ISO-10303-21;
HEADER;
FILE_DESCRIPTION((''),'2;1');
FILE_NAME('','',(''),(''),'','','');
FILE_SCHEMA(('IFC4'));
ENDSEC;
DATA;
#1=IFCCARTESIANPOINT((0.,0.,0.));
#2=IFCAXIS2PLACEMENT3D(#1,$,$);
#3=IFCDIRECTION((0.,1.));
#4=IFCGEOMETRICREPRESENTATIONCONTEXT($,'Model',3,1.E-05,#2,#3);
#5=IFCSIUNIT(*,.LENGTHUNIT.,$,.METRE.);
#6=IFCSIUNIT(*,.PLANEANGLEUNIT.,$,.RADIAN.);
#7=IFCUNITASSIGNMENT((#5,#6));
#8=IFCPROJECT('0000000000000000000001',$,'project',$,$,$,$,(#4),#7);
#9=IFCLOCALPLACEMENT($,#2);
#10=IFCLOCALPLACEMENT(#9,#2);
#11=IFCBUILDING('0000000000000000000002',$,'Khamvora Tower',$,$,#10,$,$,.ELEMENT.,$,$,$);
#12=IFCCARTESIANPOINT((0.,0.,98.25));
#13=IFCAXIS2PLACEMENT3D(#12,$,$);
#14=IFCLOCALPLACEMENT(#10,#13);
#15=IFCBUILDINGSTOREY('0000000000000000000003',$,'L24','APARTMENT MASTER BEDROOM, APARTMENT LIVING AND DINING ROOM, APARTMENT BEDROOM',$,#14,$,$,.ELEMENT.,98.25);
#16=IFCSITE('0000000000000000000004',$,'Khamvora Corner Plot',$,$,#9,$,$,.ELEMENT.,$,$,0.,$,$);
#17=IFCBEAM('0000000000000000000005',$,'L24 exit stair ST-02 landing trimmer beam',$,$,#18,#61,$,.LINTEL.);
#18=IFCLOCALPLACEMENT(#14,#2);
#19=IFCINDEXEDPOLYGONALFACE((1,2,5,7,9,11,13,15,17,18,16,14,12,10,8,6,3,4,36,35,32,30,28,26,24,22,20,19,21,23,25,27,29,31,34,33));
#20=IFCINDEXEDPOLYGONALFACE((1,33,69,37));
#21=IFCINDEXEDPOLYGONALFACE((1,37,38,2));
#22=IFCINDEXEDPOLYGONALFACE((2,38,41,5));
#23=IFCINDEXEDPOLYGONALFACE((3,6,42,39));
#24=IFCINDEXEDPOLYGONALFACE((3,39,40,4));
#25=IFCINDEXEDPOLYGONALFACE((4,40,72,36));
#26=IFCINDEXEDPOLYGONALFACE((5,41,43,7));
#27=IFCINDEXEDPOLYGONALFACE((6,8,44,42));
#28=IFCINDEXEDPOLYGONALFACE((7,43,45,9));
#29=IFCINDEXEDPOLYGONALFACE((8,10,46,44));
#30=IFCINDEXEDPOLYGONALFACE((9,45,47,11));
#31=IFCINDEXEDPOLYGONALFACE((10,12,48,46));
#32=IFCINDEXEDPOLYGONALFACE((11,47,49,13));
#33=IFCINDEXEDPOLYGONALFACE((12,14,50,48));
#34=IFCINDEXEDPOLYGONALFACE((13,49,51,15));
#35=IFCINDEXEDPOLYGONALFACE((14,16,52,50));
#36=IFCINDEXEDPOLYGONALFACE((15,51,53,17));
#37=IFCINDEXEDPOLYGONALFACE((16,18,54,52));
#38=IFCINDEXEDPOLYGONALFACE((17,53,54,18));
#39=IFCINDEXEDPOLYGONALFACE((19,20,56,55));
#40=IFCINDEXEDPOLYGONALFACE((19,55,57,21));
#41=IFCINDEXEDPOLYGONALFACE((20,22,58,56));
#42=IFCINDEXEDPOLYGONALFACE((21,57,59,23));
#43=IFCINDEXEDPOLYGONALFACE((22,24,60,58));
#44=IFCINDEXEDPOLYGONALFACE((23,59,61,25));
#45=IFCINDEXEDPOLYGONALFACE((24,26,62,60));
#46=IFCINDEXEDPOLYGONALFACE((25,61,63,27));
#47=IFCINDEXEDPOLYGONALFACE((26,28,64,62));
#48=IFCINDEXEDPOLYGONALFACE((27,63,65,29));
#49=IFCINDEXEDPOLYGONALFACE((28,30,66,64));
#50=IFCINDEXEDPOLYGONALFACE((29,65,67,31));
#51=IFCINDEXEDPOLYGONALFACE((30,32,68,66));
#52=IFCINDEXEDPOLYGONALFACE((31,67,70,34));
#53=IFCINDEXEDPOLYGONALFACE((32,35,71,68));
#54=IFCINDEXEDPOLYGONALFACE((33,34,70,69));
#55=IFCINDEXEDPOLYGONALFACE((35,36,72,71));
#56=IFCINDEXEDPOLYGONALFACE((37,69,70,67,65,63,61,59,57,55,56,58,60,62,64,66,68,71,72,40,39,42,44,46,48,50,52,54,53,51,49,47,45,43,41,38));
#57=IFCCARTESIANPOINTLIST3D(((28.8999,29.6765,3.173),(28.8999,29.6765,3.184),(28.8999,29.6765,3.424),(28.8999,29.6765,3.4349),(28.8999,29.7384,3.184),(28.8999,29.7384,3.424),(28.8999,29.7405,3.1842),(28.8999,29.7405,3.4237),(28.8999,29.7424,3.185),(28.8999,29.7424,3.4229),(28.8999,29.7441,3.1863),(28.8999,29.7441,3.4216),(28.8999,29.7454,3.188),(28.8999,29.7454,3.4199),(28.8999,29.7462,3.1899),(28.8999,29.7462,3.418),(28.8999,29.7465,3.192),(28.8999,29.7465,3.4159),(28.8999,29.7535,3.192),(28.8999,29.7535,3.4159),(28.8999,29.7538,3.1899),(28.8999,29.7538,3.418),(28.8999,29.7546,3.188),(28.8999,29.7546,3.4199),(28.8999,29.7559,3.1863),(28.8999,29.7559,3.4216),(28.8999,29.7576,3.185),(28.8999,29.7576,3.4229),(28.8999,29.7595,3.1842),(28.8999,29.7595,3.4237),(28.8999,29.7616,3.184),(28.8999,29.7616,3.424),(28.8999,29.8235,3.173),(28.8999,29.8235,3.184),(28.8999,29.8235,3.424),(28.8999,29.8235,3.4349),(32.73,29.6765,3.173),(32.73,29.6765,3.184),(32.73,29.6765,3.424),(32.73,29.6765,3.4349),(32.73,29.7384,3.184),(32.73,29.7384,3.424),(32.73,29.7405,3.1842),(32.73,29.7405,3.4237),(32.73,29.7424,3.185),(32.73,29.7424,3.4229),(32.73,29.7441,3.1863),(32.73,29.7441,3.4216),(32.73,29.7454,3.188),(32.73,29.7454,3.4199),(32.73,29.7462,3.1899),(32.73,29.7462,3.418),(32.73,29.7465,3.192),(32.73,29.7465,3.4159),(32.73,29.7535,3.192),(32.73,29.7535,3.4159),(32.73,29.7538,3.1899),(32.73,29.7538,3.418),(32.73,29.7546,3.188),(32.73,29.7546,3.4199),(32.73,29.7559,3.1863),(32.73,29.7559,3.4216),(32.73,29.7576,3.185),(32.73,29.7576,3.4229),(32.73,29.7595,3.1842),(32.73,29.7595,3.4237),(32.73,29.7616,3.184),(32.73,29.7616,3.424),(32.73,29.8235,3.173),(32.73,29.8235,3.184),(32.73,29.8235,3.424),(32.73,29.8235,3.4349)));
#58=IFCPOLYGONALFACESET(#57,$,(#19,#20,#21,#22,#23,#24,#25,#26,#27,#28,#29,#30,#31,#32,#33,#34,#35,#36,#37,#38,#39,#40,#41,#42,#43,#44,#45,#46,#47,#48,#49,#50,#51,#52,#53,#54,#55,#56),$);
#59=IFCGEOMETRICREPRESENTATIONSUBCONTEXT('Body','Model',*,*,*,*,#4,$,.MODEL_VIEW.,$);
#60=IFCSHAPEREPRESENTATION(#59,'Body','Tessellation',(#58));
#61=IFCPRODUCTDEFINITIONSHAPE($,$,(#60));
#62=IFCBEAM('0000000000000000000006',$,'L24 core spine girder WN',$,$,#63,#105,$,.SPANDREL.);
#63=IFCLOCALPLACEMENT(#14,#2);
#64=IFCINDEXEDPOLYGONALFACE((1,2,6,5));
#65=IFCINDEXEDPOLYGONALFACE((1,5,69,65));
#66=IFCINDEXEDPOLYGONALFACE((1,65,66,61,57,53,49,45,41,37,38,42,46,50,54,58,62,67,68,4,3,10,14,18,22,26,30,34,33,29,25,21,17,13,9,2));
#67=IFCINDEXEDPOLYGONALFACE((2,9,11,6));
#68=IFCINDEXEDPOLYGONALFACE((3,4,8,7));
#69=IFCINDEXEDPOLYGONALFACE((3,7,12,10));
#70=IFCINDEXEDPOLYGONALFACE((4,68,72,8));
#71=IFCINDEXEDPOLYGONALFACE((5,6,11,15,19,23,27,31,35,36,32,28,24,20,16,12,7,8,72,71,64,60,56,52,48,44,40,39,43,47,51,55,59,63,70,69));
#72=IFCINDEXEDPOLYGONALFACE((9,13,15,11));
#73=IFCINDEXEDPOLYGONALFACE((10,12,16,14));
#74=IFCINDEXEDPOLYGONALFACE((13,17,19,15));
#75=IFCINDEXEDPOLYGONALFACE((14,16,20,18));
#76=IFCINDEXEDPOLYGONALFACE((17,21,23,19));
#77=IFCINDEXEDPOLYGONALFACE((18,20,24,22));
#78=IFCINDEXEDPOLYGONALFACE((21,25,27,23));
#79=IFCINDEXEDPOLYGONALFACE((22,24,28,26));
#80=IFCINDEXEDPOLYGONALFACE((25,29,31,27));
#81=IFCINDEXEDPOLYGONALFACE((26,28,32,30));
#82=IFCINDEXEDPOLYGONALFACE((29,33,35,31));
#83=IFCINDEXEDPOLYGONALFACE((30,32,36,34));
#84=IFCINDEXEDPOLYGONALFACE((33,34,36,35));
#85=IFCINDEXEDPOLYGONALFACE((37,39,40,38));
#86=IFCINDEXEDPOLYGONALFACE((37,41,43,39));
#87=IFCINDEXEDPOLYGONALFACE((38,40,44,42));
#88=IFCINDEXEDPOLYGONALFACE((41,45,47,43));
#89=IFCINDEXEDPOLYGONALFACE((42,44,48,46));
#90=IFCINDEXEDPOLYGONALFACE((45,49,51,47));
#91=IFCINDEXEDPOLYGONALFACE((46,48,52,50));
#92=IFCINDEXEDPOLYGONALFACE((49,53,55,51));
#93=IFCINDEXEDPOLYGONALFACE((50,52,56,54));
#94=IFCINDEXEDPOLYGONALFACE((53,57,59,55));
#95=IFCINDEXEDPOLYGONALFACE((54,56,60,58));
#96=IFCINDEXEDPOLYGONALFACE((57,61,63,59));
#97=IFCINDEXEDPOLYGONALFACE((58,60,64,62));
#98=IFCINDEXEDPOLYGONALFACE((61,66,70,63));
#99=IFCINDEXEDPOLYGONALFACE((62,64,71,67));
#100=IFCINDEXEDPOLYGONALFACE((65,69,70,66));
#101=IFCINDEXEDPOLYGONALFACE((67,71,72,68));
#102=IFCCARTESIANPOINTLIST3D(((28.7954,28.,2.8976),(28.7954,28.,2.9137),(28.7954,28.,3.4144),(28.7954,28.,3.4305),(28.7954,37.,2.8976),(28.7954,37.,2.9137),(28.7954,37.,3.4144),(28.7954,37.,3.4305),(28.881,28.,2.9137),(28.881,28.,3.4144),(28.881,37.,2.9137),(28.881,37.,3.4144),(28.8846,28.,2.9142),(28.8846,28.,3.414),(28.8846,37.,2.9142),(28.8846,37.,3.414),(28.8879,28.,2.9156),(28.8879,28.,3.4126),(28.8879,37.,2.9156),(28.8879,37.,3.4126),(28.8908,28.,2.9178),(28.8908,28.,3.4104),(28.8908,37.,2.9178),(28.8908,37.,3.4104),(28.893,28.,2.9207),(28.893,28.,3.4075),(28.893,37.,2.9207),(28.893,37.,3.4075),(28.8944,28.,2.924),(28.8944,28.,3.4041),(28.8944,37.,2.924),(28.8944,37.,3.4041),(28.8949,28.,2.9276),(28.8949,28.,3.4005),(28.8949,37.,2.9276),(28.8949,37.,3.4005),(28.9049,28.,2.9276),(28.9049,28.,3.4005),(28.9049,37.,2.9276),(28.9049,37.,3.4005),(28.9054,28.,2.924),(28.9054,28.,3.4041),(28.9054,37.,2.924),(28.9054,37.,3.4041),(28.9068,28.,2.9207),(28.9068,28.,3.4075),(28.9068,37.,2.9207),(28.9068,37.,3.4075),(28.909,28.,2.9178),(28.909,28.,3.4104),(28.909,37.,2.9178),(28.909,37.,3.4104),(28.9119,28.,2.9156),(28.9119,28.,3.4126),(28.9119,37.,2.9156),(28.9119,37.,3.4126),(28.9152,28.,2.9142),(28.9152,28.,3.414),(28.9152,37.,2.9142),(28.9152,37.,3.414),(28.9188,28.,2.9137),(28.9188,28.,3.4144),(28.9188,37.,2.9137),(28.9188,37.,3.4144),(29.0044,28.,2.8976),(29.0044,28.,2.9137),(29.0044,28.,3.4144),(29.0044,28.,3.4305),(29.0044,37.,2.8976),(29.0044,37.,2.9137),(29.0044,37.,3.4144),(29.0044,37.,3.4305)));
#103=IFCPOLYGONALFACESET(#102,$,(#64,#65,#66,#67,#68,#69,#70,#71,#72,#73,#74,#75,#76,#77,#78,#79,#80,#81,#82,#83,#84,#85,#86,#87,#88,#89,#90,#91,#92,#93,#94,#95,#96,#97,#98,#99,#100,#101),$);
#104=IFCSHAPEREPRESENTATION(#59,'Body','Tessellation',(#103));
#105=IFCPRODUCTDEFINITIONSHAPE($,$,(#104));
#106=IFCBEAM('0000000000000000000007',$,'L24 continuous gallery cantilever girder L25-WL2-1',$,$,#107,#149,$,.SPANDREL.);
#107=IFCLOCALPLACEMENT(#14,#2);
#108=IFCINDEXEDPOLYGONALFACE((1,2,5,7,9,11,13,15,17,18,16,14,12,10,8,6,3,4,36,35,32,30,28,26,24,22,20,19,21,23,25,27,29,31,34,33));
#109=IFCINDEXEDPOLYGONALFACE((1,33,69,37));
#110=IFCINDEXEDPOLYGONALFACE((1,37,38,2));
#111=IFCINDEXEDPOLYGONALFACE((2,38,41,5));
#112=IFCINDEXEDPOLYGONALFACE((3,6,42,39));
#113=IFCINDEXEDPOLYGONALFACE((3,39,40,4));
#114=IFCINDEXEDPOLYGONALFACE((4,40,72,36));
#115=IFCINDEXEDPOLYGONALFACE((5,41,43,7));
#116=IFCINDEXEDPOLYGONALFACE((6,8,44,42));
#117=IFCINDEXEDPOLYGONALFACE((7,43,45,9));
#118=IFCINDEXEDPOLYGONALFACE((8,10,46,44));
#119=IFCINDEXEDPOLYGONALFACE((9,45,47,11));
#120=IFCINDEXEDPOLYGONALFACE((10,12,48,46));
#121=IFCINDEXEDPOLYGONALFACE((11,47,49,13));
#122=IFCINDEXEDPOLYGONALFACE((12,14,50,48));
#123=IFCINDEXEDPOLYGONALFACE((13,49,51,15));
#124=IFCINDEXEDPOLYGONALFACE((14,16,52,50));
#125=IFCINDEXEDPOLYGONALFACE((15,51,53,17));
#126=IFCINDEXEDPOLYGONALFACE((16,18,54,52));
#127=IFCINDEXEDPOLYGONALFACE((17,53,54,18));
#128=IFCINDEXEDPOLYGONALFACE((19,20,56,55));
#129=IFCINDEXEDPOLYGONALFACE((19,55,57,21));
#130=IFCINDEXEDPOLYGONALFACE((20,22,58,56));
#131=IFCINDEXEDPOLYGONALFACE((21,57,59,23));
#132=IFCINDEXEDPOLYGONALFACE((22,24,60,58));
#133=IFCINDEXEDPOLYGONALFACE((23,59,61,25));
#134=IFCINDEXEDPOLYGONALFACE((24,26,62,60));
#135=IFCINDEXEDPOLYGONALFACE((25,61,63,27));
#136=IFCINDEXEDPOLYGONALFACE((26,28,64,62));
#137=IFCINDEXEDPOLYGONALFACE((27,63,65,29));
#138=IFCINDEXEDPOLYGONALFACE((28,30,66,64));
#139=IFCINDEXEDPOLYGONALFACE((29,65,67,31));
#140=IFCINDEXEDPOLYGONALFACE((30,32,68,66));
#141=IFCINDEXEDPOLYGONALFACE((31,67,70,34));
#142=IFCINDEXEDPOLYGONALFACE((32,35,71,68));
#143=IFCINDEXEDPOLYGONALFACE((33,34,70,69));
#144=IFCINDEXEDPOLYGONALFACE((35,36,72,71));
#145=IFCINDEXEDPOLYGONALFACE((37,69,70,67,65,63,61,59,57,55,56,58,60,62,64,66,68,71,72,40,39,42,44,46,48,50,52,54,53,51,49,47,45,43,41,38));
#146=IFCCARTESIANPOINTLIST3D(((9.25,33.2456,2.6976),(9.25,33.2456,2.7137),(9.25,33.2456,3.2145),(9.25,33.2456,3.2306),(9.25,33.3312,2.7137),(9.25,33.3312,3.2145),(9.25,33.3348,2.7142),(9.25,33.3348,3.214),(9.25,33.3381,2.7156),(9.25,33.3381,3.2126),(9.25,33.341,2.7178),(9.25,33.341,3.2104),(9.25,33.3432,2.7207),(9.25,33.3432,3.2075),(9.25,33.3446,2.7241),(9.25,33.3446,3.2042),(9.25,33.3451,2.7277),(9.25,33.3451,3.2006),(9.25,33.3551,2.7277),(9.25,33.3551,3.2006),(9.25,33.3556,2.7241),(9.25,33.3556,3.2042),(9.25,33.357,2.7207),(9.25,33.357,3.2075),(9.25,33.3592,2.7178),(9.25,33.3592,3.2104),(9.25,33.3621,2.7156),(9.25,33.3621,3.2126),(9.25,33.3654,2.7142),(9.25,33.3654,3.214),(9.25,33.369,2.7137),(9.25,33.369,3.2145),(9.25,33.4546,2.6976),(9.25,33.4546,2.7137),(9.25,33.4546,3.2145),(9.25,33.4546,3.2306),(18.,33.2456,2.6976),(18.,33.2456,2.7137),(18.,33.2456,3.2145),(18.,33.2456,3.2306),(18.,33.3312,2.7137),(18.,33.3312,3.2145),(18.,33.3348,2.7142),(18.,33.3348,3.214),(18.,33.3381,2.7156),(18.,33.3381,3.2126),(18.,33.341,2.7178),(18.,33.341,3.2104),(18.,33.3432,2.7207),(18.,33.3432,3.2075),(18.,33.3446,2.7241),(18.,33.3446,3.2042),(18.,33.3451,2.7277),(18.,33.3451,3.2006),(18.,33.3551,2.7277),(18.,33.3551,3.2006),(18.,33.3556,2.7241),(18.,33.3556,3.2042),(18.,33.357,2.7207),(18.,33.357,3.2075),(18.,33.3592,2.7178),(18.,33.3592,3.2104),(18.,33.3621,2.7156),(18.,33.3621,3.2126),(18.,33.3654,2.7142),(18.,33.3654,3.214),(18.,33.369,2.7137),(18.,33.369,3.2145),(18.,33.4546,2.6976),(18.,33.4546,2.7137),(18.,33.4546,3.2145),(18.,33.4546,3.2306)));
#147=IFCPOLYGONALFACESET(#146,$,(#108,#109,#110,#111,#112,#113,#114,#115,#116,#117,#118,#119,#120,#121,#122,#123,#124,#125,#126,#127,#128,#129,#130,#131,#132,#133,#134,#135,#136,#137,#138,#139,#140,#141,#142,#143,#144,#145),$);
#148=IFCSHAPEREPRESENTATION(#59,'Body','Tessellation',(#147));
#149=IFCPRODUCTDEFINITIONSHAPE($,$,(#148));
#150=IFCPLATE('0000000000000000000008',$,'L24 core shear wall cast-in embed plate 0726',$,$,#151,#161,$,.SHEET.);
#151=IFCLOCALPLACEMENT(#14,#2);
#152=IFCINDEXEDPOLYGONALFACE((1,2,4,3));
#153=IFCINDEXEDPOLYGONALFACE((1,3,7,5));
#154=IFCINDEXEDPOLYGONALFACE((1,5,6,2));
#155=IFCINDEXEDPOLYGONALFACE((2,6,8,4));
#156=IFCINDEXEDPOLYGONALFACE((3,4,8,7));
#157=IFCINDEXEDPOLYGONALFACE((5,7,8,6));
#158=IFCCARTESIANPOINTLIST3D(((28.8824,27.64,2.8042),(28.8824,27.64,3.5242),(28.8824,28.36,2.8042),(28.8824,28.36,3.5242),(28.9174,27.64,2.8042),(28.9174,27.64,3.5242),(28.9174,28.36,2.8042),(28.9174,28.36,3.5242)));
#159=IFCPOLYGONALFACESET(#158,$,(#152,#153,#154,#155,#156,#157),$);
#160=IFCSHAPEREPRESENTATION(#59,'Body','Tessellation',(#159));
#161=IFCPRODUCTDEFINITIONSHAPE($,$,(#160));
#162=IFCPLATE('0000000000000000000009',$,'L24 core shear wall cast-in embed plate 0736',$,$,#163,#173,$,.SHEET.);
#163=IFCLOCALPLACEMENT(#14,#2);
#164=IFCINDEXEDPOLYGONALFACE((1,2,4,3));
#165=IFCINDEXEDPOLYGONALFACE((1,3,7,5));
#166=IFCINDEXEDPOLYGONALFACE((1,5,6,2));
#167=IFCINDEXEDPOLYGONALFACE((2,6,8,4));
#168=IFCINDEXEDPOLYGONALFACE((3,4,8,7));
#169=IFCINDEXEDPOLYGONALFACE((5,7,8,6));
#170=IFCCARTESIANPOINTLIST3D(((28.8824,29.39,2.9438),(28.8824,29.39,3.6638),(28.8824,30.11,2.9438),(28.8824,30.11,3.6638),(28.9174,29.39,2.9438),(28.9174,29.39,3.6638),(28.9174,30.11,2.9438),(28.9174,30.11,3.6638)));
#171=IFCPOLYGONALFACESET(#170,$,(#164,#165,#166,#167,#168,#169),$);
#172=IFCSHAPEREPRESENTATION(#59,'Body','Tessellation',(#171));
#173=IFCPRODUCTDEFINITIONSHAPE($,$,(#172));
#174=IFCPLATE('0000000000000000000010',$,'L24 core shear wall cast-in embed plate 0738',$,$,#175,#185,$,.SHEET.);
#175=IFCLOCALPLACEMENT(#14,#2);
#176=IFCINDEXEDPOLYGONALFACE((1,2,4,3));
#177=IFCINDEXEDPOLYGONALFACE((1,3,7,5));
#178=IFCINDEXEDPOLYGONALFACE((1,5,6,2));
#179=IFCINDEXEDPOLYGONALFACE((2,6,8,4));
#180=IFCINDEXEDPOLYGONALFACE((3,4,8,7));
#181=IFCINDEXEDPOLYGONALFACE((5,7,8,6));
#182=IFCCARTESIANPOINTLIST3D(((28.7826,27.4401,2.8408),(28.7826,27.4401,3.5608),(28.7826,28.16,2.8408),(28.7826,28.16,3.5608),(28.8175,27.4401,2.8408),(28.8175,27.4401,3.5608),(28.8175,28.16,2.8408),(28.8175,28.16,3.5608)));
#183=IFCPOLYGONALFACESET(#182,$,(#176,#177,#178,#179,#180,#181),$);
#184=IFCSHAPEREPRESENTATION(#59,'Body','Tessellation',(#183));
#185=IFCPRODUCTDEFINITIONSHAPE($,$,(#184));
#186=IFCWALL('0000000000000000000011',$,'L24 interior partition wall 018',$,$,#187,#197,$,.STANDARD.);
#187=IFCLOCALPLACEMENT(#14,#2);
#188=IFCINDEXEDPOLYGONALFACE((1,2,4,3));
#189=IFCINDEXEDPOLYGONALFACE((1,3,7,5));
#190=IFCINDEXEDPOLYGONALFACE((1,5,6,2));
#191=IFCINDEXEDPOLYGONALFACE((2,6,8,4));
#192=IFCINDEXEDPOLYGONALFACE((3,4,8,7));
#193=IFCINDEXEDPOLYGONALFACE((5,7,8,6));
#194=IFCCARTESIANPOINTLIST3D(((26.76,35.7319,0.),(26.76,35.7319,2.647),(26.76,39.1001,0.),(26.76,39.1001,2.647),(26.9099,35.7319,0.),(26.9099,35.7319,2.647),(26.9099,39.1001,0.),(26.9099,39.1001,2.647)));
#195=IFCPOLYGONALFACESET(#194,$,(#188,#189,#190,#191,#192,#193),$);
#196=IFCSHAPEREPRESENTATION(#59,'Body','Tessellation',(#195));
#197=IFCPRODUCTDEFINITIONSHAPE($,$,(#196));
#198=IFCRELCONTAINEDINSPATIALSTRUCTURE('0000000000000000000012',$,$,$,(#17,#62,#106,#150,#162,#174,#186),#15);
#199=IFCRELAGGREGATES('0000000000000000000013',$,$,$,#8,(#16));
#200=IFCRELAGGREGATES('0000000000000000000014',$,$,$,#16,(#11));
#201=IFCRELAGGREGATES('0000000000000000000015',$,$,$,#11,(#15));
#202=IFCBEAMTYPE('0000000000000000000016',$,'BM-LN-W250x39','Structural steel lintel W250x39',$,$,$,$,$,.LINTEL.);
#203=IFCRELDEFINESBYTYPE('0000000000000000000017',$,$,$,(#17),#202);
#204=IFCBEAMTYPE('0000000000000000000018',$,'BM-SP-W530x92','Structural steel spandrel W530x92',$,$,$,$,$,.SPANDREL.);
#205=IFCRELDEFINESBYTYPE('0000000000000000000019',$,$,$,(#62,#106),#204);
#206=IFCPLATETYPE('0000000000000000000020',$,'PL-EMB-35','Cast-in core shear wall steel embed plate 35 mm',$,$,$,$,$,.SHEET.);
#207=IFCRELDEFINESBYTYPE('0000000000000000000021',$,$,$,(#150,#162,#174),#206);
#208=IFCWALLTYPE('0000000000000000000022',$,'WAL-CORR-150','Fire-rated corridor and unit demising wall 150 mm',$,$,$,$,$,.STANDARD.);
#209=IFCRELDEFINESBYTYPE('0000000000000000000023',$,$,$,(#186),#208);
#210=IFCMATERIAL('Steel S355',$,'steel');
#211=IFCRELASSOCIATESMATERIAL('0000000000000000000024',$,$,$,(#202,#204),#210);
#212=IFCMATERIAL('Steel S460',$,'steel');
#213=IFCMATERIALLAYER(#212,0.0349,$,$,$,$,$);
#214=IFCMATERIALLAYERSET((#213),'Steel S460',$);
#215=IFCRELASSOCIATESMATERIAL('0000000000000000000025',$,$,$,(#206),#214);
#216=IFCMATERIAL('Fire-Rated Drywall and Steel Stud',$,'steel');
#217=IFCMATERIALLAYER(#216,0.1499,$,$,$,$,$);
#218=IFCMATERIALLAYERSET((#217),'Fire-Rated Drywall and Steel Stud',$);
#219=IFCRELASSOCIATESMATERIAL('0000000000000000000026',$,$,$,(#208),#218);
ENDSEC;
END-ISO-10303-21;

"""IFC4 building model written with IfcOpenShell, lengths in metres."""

from ifc_helpers import new_model, si_unit, direction, frame, frame_2d, origin, origin_2d, place, context, subcontext, project, spatial, rectangle, i_section, extrude, material, layer, layer_set, material_profile, profile_set, type_object, element, save


model = new_model("IFC4")

# Units and contexts
model_context = context("Model", 3, precision=1e-05, world=origin(), true_north=direction((0.0, 1.0)))
body_context = subcontext(model_context, "Body", "Model", "MODEL_VIEW")
ifc_project = project(units=[si_unit("LENGTHUNIT", "METRE"), si_unit("PLANEANGLEUNIT", "RADIAN")], contexts=[model_context])

# Site, building, storey
site_placement = place(None, origin())
site = spatial("IfcSite", under=ifc_project, at=site_placement, Name="Khamvora Corner Plot", CompositionType="ELEMENT", RefElevation=0.0)
building_placement = place(site_placement, origin())
building = spatial("IfcBuilding", under=site, at=building_placement, Name="Khamvora Tower", CompositionType="ELEMENT")
storey_placement = place(building_placement, frame((0.0, 0.0, 98.25)))
storey = spatial("IfcBuildingStorey", under=building, at=storey_placement, Name="L24", Description="APARTMENT MASTER BEDROOM, APARTMENT LIVING AND DINING ROOM, APARTMENT BEDROOM", CompositionType="ELEMENT", Elevation=98.25)

# Shared definitions
ifc_material_1 = material(Name="Steel S460", Category="steel")

# Beams
ifc_material_2 = material(Name="Steel S355", Category="steel")
ifc_material_profile_1 = material_profile(ifc_material_2, i_section(OverallWidth=0.147, OverallDepth=0.262, WebThickness=0.0071, FlangeThickness=0.011, FilletRadius=0.0081, at=origin_2d()), Name="W250x39")
ifc_profile_set_1 = profile_set([ifc_material_profile_1], Name="Steel S355")
beam_type_1 = type_object("IfcBeamType", Name="BM-LN-W250x39", Description="Structural steel lintel W250x39", PredefinedType="LINTEL", material=ifc_profile_set_1)
beam_1_placement = place(storey_placement, frame((28.8999, 29.75, 3.304), z_axis=(1.0, 0.0, 0.0), x_axis=(0.0, 1.0, 0.0)))
element("IfcBeam", 1, at=beam_1_placement, inside=storey, type_object=beam_type_1, Name="L24 exit stair ST-02 landing trimmer beam", PredefinedType="LINTEL", context=body_context, shape_type="SweptSolid", body=[
    extrude(i_section(OverallWidth=0.147, OverallDepth=0.262, WebThickness=0.0071, FlangeThickness=0.011, FilletRadius=0.0081, at=origin_2d()), origin(), (0.0, 0.0, 1.0), 3.8301),
])
ifc_material_profile_2 = material_profile(ifc_material_2, i_section(OverallWidth=0.209, OverallDepth=0.533, WebThickness=0.01, FlangeThickness=0.0161, FilletRadius=0.0139, at=origin_2d()), Name="W530x92")
ifc_profile_set_2 = profile_set([ifc_material_profile_2], Name="Steel S355")
beam_type_2 = type_object("IfcBeamType", Name="BM-SP-W530x92", Description="Structural steel spandrel W530x92", PredefinedType="SPANDREL", material=ifc_profile_set_2)
beam_2_placement = place(storey_placement, frame((28.8999, 28.0, 3.1641), z_axis=(0.0, 1.0, 0.0), x_axis=(-1.0, 0.0, 0.0)))
element("IfcBeam", 2, at=beam_2_placement, inside=storey, type_object=beam_type_2, Name="L24 core spine girder WN", PredefinedType="SPANDREL", context=body_context, shape_type="SweptSolid", body=[
    extrude(i_section(OverallWidth=0.209, OverallDepth=0.533, WebThickness=0.01, FlangeThickness=0.0161, FilletRadius=0.0139, at=origin_2d()), origin(), (0.0, 0.0, 1.0), 9.0),
])
beam_3_placement = place(storey_placement, frame((18.0, 33.3501, 2.9641), z_axis=(-1.0, 0.0, 0.0), x_axis=(0.0, -1.0, 0.0)))
element("IfcBeam", 3, at=beam_3_placement, inside=storey, type_object=beam_type_2, Name="L24 continuous gallery cantilever girder L25-WL2-1", PredefinedType="SPANDREL", context=body_context, shape_type="SweptSolid", body=[
    extrude(i_section(OverallWidth=0.209, OverallDepth=0.533, WebThickness=0.01, FlangeThickness=0.0161, FilletRadius=0.0139, at=origin_2d()), origin(), (0.0, 0.0, 1.0), 8.75),
])

# Plates
ifc_layer_1 = layer(ifc_material_1, 0.0349)
ifc_layer_set_1 = layer_set([ifc_layer_1], Name="Steel S460")
plate_type = type_object("IfcPlateType", Name="PL-EMB-35", Description="Cast-in core shear wall steel embed plate 35 mm", PredefinedType="SHEET", material=ifc_layer_set_1)
for number, where, z_axis, x_axis, name in (
    (4, (28.8999, 28.0, 2.8042), (0.0, 0.0, 1.0), (1.0, 0.0, 0.0), "L24 core shear wall cast-in embed plate 0726"),
    (5, (28.8999, 29.75, 2.9438), (0.0, 0.0, 1.0), (1.0, 0.0, 0.0), "L24 core shear wall cast-in embed plate 0736"),
    (6, (28.8, 27.8, 2.8408), (0.0, 0.0, 1.0), (1.0, 0.0, 0.0), "L24 core shear wall cast-in embed plate 0738"),
):
    element("IfcPlate", number, at=place(storey_placement, frame(where, z_axis=z_axis, x_axis=x_axis)), inside=storey, type_object=plate_type, Name=name, PredefinedType="SHEET", context=body_context, shape_type="SweptSolid", body=[
        extrude(rectangle(XDim=0.0349, YDim=0.72, at=origin_2d()), origin(), (0.0, 0.0, 1.0), 0.72),
    ])

# Wall
ifc_material_3 = material(Name="Fire-Rated Drywall and Steel Stud", Category="steel")
ifc_layer_2 = layer(ifc_material_3, 0.1499)
ifc_layer_set_2 = layer_set([ifc_layer_2], Name="Fire-Rated Drywall and Steel Stud")
wall_type_1 = type_object("IfcWallType", Name="WAL-CORR-150", Description="Fire-rated corridor and unit demising wall 150 mm", PredefinedType="STANDARD", material=ifc_layer_set_2)
wall_1_placement = place(storey_placement, frame((26.835, 35.7319, 0.0), z_axis=(0.0, 0.0, 1.0), x_axis=(0.0, 1.0, 0.0)))
element("IfcWall", 7, at=wall_1_placement, inside=storey, type_object=wall_type_1, Name="L24 interior partition wall 018", PredefinedType="STANDARD", context=body_context, shape_type="SweptSolid", body=[
    extrude(rectangle(XDim=3.3682, YDim=0.1499, at=frame_2d((1.6841, 0.0))), origin(), (0.0, 0.0, 1.0), 2.647),
])

save(model, "model.ifc")
